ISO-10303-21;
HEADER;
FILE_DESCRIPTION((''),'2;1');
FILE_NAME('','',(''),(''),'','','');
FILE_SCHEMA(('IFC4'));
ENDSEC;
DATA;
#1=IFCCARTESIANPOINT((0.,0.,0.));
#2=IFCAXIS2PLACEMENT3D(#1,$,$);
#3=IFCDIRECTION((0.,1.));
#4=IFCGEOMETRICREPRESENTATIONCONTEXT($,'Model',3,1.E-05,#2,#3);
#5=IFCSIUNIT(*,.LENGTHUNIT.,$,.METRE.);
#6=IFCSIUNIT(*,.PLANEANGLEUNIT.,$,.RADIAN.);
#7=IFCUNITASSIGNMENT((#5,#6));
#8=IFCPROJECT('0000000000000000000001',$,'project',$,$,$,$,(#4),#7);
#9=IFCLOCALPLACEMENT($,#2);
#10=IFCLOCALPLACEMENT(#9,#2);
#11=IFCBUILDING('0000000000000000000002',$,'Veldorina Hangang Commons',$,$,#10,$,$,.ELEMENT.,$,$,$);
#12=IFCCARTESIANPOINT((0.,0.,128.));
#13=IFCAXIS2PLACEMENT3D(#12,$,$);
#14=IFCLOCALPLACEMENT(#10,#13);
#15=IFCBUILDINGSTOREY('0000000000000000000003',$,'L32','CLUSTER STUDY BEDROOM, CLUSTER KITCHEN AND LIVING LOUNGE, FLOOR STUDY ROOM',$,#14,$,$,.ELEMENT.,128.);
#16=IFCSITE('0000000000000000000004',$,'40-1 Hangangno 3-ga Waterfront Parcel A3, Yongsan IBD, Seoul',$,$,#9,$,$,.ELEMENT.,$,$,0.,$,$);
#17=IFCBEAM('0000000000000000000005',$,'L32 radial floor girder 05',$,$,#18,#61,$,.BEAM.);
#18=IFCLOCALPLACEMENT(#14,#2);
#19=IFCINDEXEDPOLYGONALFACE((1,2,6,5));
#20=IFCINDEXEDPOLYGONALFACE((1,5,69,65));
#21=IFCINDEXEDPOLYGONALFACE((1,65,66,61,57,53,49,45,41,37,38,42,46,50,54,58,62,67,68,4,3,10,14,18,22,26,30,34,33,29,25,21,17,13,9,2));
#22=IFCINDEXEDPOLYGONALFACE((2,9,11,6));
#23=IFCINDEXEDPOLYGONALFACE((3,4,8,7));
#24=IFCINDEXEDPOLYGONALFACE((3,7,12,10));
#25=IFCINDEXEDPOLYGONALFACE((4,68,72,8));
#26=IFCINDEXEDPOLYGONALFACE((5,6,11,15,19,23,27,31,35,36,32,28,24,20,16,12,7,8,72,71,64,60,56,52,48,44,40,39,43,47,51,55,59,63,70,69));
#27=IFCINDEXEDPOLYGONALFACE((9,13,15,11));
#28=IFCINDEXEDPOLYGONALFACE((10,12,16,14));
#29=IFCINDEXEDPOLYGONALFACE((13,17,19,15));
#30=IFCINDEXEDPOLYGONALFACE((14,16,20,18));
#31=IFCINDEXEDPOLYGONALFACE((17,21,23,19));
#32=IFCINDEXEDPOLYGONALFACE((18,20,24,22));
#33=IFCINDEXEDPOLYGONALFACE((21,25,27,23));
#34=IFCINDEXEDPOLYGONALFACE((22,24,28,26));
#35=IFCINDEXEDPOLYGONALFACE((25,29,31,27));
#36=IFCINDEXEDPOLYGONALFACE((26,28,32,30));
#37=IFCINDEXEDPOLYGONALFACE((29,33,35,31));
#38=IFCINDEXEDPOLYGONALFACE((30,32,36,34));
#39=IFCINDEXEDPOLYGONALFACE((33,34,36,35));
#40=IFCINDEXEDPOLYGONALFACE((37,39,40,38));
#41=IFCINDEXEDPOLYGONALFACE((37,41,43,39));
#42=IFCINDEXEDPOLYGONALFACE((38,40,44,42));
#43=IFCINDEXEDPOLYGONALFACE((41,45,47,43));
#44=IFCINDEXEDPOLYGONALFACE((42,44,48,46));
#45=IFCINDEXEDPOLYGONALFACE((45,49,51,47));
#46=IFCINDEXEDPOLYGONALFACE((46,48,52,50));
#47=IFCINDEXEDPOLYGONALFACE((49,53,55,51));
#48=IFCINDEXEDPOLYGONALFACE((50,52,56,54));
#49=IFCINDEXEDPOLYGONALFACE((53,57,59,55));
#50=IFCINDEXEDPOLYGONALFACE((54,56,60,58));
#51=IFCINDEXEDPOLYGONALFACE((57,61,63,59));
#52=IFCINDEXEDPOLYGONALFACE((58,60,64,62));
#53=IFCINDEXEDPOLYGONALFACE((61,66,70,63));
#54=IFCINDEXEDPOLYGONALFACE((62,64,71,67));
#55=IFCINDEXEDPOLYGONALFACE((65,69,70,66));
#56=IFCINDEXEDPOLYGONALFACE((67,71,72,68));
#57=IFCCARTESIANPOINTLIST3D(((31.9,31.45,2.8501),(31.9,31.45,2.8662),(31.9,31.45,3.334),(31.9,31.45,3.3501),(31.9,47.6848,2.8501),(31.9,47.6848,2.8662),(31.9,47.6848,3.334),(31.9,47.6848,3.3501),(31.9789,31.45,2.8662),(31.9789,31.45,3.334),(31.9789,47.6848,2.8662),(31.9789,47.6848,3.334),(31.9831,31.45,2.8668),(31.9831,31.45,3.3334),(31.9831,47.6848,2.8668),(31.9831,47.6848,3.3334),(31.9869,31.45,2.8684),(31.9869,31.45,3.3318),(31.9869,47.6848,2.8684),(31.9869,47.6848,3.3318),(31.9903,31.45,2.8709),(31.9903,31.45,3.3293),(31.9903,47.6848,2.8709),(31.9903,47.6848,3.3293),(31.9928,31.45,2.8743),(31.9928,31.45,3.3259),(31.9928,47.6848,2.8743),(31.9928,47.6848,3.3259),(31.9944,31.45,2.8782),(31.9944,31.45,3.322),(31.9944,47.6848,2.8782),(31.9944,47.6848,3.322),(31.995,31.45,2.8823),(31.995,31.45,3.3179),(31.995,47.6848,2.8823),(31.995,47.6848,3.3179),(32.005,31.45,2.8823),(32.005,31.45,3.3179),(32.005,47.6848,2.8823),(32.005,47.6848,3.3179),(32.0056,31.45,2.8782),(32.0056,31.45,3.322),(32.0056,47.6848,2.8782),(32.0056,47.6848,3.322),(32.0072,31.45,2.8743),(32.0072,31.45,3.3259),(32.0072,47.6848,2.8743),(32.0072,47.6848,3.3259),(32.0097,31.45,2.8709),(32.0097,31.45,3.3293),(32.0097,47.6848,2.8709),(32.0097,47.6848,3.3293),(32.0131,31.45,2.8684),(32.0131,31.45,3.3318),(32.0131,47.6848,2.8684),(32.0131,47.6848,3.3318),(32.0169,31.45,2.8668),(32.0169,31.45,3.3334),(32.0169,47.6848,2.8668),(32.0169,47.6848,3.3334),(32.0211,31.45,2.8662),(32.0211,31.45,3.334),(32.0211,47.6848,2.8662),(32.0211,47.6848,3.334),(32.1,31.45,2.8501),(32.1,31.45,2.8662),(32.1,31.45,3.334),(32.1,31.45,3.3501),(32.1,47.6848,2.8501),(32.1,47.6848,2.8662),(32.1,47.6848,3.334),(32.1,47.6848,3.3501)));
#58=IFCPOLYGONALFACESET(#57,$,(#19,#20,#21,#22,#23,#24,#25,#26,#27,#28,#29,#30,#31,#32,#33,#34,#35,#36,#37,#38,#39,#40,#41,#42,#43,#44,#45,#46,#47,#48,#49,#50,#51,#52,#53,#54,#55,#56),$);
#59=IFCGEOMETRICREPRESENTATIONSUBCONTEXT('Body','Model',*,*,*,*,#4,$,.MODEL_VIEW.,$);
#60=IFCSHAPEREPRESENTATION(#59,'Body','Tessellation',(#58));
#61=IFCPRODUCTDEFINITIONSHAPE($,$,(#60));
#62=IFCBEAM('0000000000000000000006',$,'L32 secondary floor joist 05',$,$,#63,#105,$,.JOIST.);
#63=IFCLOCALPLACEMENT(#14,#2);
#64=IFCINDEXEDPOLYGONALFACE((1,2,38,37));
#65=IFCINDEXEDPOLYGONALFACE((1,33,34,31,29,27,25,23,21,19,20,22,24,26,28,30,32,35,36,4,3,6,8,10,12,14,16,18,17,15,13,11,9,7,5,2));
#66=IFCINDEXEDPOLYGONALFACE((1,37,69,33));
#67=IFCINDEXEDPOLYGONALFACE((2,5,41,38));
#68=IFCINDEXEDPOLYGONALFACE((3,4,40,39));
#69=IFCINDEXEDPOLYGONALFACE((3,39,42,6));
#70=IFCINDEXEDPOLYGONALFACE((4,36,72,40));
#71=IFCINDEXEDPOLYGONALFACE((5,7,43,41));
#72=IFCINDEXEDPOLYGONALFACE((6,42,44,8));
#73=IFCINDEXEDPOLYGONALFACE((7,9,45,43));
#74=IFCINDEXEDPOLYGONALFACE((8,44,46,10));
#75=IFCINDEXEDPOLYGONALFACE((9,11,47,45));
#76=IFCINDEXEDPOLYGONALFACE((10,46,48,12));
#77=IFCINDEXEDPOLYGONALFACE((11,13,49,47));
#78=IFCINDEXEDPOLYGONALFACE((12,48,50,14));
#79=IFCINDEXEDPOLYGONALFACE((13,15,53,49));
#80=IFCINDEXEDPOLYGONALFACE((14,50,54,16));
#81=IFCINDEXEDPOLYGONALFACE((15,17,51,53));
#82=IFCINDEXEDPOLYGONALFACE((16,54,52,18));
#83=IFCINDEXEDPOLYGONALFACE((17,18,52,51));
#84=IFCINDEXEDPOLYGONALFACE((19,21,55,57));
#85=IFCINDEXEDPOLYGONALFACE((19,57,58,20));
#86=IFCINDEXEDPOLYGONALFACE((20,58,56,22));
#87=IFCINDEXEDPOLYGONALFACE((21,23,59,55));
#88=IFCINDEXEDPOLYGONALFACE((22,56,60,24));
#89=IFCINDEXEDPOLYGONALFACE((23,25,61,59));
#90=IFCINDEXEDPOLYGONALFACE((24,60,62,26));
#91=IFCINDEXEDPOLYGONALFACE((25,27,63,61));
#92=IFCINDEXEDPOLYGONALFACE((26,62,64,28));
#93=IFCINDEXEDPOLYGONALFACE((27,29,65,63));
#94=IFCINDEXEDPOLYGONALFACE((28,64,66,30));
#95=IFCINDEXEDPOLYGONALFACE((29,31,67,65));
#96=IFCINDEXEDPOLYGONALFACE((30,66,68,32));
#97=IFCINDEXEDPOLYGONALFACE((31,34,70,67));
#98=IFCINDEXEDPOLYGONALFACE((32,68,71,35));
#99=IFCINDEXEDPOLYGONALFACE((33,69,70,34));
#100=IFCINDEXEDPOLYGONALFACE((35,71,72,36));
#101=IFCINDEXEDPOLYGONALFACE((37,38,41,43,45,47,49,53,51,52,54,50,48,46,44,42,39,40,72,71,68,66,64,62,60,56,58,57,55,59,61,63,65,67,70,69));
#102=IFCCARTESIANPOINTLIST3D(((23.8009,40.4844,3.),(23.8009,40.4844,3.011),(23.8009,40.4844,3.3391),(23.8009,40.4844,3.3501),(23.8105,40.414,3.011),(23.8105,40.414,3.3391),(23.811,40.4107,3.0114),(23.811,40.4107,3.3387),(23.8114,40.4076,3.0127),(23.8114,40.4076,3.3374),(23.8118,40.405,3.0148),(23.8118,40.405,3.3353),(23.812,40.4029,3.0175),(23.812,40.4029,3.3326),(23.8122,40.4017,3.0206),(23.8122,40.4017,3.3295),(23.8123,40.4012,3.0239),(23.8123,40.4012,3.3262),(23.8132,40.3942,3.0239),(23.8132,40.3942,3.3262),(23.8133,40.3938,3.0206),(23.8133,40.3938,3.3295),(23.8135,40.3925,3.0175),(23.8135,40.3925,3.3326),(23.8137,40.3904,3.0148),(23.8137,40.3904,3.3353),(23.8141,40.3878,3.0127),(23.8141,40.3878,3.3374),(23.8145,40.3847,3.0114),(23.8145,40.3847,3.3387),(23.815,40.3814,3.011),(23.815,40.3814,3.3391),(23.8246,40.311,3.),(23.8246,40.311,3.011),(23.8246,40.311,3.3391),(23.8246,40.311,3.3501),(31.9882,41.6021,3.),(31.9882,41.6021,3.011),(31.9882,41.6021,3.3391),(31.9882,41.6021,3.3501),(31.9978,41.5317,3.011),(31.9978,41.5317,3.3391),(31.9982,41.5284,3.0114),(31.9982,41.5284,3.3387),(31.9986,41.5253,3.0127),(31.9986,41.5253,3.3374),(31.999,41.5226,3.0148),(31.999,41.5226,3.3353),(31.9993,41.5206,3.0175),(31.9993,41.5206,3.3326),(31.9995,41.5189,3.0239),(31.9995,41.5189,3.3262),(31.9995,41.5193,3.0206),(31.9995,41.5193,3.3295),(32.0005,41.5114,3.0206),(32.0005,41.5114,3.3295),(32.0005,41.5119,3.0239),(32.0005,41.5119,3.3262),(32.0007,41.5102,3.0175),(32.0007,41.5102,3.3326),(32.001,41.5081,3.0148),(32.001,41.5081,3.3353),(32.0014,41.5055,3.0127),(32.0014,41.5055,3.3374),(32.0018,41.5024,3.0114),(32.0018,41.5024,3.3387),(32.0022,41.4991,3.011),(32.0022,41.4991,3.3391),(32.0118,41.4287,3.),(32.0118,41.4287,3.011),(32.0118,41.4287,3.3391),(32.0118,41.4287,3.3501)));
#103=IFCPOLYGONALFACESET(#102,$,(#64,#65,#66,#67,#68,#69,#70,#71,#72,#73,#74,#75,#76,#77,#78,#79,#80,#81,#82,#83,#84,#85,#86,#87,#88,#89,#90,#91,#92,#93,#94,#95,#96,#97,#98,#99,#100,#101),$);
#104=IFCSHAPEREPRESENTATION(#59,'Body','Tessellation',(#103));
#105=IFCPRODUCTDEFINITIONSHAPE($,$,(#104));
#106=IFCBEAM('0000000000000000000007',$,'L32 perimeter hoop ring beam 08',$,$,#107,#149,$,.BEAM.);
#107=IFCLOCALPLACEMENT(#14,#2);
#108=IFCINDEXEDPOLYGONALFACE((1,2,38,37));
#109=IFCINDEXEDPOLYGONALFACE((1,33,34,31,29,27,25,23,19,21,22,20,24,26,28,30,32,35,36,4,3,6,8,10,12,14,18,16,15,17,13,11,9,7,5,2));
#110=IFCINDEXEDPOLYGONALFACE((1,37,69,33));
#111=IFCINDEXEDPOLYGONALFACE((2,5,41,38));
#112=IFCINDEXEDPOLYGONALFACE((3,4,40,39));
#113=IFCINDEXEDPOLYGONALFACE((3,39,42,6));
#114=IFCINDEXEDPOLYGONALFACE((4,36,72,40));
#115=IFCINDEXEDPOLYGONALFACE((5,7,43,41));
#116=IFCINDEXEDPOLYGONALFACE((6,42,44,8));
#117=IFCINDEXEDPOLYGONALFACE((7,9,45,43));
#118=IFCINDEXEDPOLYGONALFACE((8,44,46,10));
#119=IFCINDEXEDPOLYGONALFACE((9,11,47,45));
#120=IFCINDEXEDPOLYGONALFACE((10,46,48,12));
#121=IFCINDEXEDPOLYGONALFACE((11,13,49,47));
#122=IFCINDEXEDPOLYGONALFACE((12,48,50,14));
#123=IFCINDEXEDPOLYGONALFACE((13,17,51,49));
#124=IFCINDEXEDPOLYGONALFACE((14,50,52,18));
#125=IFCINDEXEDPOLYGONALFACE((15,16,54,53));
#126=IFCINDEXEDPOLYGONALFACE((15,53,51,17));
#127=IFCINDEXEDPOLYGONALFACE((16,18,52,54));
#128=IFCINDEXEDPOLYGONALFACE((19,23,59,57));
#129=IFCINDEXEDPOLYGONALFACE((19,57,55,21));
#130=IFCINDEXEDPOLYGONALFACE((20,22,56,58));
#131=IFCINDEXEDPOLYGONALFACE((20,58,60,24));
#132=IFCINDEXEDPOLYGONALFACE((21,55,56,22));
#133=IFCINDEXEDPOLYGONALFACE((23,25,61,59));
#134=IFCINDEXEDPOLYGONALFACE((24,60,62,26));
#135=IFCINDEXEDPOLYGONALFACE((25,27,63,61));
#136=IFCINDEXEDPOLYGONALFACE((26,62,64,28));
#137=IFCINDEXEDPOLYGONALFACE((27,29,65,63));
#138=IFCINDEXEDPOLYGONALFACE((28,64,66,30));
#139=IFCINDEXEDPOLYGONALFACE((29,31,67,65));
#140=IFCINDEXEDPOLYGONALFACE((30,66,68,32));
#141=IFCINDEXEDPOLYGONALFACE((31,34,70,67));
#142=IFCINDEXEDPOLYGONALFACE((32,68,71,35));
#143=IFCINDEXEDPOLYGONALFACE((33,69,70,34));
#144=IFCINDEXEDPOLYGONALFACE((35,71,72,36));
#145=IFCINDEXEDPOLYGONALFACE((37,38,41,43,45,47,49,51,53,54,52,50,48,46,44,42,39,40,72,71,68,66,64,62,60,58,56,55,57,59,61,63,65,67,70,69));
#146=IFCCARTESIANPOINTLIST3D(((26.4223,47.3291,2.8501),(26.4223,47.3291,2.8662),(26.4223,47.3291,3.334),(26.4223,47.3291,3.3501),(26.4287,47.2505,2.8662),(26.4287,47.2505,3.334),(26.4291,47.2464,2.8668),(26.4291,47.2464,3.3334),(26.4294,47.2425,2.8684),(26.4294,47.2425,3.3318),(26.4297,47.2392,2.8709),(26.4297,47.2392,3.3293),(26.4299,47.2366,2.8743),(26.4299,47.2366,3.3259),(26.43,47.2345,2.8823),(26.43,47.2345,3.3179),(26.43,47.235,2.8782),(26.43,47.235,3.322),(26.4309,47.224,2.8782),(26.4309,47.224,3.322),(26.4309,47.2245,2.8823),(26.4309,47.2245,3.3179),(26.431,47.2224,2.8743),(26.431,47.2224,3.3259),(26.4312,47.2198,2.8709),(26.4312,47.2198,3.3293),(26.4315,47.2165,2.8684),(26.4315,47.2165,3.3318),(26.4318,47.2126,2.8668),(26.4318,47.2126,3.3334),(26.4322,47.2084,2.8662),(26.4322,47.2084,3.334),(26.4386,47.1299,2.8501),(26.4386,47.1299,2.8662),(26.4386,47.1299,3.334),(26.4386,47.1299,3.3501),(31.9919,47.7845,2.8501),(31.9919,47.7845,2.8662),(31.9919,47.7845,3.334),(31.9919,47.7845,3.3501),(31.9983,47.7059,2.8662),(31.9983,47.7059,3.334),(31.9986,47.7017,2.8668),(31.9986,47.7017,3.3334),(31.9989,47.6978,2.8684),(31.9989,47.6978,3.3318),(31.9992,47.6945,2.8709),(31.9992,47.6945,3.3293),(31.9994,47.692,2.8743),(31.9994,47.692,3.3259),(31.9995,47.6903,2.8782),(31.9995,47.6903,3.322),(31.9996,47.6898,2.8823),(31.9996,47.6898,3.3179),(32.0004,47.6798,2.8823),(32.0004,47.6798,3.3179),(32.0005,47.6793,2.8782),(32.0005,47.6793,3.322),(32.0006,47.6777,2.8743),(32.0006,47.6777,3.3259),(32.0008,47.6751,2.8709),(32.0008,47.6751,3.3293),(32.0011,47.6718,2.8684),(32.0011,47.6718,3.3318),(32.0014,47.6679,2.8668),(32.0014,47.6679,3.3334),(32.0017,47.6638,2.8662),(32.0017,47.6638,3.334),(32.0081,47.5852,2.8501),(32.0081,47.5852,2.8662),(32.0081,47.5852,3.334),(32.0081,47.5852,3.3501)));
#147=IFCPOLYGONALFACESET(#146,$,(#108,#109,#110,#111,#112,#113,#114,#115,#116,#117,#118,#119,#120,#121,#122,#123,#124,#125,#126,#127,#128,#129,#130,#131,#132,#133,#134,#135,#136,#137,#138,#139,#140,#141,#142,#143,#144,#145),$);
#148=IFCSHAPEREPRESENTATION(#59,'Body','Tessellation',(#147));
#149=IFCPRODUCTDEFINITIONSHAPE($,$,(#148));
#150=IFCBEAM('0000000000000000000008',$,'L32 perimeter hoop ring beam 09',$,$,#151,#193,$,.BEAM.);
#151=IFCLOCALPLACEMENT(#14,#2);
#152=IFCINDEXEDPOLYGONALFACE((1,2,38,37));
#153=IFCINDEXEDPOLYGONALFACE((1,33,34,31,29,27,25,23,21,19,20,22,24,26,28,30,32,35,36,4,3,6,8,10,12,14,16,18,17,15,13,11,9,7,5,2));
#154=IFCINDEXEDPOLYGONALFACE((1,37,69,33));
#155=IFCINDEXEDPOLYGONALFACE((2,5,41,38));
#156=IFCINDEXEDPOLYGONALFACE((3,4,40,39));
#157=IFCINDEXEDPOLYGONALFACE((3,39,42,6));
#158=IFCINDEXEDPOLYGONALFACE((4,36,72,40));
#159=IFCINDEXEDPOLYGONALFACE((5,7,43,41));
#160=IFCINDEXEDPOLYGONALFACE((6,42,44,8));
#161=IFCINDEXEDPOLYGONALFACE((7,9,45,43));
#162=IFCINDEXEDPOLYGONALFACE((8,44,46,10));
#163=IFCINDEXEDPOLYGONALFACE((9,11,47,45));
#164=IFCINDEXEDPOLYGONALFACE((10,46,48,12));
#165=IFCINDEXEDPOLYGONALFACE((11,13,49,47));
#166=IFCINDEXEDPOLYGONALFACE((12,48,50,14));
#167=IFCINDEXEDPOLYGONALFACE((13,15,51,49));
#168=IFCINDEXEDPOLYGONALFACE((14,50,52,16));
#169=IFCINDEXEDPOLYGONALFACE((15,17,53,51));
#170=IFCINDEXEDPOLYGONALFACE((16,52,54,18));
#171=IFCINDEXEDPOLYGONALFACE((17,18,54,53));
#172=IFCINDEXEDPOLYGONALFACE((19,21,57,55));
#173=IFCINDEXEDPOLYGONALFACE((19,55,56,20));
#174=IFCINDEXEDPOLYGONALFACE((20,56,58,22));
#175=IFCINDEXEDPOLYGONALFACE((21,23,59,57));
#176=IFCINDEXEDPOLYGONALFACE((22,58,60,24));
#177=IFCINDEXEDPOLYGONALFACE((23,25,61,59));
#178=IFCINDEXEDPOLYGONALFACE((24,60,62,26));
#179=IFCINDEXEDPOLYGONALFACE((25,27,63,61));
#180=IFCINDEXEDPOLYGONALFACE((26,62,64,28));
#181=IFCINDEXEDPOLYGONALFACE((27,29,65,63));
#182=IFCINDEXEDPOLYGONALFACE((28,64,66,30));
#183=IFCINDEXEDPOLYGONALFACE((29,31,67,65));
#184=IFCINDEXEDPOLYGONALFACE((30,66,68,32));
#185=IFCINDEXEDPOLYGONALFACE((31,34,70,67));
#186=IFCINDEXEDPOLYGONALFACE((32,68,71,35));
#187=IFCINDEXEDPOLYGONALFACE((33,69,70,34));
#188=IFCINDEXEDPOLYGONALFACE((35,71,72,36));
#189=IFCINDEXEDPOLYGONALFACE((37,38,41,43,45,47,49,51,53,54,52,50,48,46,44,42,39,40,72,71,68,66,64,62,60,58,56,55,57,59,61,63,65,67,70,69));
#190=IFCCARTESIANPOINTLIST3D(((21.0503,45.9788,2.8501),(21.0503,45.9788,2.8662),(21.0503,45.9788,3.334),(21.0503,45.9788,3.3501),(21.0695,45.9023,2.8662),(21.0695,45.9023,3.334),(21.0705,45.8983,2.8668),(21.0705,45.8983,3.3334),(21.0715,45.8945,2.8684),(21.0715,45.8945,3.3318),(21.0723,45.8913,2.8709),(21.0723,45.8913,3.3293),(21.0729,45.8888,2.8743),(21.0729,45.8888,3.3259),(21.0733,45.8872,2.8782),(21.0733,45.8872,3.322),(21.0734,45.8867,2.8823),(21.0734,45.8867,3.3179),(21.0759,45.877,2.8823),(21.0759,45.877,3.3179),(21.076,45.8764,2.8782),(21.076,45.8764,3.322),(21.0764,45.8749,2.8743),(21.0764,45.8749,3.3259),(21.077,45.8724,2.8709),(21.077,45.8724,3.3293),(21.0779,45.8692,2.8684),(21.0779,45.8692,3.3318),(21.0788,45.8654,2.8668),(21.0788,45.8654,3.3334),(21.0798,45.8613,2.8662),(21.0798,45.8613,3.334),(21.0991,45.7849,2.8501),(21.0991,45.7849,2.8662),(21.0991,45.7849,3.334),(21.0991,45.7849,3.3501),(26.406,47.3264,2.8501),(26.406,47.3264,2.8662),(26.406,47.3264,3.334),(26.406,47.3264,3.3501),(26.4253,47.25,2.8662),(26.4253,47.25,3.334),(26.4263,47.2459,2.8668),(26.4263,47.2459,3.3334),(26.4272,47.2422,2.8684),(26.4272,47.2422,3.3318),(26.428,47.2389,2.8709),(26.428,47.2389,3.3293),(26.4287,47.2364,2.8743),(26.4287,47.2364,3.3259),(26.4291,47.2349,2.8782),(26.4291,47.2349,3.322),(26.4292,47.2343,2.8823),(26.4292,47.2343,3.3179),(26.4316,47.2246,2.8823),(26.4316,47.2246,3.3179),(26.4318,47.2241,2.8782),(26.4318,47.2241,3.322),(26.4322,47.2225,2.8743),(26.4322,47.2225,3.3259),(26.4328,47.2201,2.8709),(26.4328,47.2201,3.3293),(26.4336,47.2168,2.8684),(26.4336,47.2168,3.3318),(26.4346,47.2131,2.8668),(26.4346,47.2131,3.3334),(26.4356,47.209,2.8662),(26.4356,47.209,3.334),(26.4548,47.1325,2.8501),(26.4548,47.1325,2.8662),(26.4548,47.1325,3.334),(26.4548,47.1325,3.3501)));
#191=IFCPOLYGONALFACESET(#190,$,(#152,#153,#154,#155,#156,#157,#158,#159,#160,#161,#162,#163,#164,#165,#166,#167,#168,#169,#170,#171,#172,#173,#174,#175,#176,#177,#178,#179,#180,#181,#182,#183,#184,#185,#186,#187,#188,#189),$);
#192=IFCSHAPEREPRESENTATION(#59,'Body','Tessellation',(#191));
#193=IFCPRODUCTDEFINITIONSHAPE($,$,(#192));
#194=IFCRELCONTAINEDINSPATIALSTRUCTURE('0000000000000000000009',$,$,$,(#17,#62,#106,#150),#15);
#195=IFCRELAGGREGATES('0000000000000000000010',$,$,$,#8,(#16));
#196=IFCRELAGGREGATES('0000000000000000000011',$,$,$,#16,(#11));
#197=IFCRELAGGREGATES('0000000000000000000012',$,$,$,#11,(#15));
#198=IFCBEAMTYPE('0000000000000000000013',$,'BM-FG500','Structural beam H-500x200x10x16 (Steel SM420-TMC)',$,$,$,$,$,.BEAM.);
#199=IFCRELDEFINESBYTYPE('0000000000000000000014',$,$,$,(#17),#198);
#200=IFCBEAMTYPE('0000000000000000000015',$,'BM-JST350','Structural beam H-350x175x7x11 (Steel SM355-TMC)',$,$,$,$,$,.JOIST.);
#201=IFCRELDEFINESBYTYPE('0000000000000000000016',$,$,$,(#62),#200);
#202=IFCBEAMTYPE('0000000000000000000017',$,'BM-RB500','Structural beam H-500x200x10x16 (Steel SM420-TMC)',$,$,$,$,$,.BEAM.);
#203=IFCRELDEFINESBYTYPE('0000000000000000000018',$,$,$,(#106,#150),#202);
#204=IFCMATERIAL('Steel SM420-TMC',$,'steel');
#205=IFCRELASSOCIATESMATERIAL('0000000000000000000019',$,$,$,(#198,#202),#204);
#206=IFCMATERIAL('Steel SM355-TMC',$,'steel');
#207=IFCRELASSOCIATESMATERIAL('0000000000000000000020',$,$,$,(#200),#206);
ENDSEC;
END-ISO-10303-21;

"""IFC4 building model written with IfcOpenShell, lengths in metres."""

from ifc_helpers import new_model, si_unit, direction, frame, origin, origin_2d, place, context, subcontext, project, spatial, i_section, extrude, material, material_profile, profile_set, type_object, element, save


model = new_model("IFC4")

# Units and contexts
model_context = context("Model", 3, precision=1e-05, world=origin(), true_north=direction((0.0, 1.0)))
body_context = subcontext(model_context, "Body", "Model", "MODEL_VIEW")
ifc_project = project(units=[si_unit("LENGTHUNIT", "METRE"), si_unit("PLANEANGLEUNIT", "RADIAN")], contexts=[model_context])

# Site, building, storey
site_placement = place(None, origin())
site = spatial("IfcSite", under=ifc_project, at=site_placement, Name="40-1 Hangangno 3-ga Waterfront Parcel A3, Yongsan IBD, Seoul", CompositionType="ELEMENT", RefElevation=0.0)
building_placement = place(site_placement, origin())
building = spatial("IfcBuilding", under=site, at=building_placement, Name="Veldorina Hangang Commons", CompositionType="ELEMENT")
storey_placement = place(building_placement, frame((0.0, 0.0, 128.0)))
storey = spatial("IfcBuildingStorey", under=building, at=storey_placement, Name="L32", Description="CLUSTER STUDY BEDROOM, CLUSTER KITCHEN AND LIVING LOUNGE, FLOOR STUDY ROOM", CompositionType="ELEMENT", Elevation=128.0)

# Beams
ifc_material_1 = material(Name="Steel SM420-TMC", Category="steel")
ifc_material_profile_1 = material_profile(ifc_material_1, i_section(OverallWidth=0.2, OverallDepth=0.5, WebThickness=0.01, FlangeThickness=0.0161, FilletRadius=0.0161, at=origin_2d()), Name="H-500x200x10x16")
ifc_profile_set_1 = profile_set([ifc_material_profile_1], Name="Steel SM420-TMC")
beam_type_1 = type_object("IfcBeamType", Name="BM-FG500", Description="Structural beam H-500x200x10x16 (Steel SM420-TMC)", PredefinedType="BEAM", material=ifc_profile_set_1)
beam_1_placement = place(storey_placement, frame((32.0, 31.45, 3.1001), z_axis=(0.0, 1.0, 0.0), x_axis=(-1.0, 0.0, 0.0)))
element("IfcBeam", 1, at=beam_1_placement, inside=storey, type_object=beam_type_1, Name="L32 radial floor girder 05", PredefinedType="BEAM", context=body_context, shape_type="SweptSolid", body=[
    extrude(i_section(OverallWidth=0.2, OverallDepth=0.5, WebThickness=0.01, FlangeThickness=0.0161, FilletRadius=0.0161, at=origin_2d()), origin(), (0.0, 0.0, 1.0), 16.2349),
])
ifc_material_2 = material(Name="Steel SM355-TMC", Category="steel")
ifc_material_profile_2 = material_profile(ifc_material_2, i_section(OverallWidth=0.175, OverallDepth=0.3501, WebThickness=0.0071, FlangeThickness=0.011, FilletRadius=0.0129, at=origin_2d()), Name="H-350x175x7x11")
ifc_profile_set_2 = profile_set([ifc_material_profile_2], Name="Steel SM355-TMC")
beam_type_2 = type_object("IfcBeamType", Name="BM-JST350", Description="Structural beam H-350x175x7x11 (Steel SM355-TMC)", PredefinedType="JOIST", material=ifc_profile_set_2)
beam_2_placement = place(storey_placement, frame((32.0, 41.5154, 3.175), z_axis=(-0.99081, -0.13526, 0.0), x_axis=(0.13526, -0.99081, 0.0)))
element("IfcBeam", 2, at=beam_2_placement, inside=storey, type_object=beam_type_2, Name="L32 secondary floor joist 05", PredefinedType="JOIST", context=body_context, shape_type="SweptSolid", body=[
    extrude(i_section(OverallWidth=0.175, OverallDepth=0.3501, WebThickness=0.0071, FlangeThickness=0.011, FilletRadius=0.0129, at=origin_2d()), origin(), (0.0, 0.0, 1.0), 8.2632),
])
ifc_material_profile_3 = material_profile(ifc_material_1, i_section(OverallWidth=0.2, OverallDepth=0.5, WebThickness=0.01, FlangeThickness=0.0161, FilletRadius=0.0161, at=origin_2d()), Name="H-500x200x10x16")
ifc_profile_set_3 = profile_set([ifc_material_profile_3], Name="Steel SM420-TMC")
beam_type_3 = type_object("IfcBeamType", Name="BM-RB500", Description="Structural beam H-500x200x10x16 (Steel SM420-TMC)", PredefinedType="BEAM", material=ifc_profile_set_3)
beam_3_placement = place(storey_placement, frame((32.0, 47.6848, 3.1001), z_axis=(-0.996675, -0.08148, 0.0), x_axis=(0.08148, -0.996675, 0.0)))
element("IfcBeam", 3, at=beam_3_placement, inside=storey, type_object=beam_type_3, Name="L32 perimeter hoop ring beam 08", PredefinedType="BEAM", context=body_context, shape_type="SweptSolid", body=[
    extrude(i_section(OverallWidth=0.2, OverallDepth=0.5, WebThickness=0.01, FlangeThickness=0.0161, FilletRadius=0.0161, at=origin_2d()), origin(), (0.0, 0.0, 1.0), 5.5881),
])
beam_4_placement = place(storey_placement, frame((26.4304, 47.2295, 3.1001), z_axis=(-0.96977, -0.244023, 0.0), x_axis=(0.244023, -0.96977, 0.0)))
element("IfcBeam", 4, at=beam_4_placement, inside=storey, type_object=beam_type_3, Name="L32 perimeter hoop ring beam 09", PredefinedType="BEAM", context=body_context, shape_type="SweptSolid", body=[
    extrude(i_section(OverallWidth=0.2, OverallDepth=0.5, WebThickness=0.01, FlangeThickness=0.0161, FilletRadius=0.0161, at=origin_2d()), origin(), (0.0, 0.0, 1.0), 5.5227),
])

save(model, "model.ifc")
